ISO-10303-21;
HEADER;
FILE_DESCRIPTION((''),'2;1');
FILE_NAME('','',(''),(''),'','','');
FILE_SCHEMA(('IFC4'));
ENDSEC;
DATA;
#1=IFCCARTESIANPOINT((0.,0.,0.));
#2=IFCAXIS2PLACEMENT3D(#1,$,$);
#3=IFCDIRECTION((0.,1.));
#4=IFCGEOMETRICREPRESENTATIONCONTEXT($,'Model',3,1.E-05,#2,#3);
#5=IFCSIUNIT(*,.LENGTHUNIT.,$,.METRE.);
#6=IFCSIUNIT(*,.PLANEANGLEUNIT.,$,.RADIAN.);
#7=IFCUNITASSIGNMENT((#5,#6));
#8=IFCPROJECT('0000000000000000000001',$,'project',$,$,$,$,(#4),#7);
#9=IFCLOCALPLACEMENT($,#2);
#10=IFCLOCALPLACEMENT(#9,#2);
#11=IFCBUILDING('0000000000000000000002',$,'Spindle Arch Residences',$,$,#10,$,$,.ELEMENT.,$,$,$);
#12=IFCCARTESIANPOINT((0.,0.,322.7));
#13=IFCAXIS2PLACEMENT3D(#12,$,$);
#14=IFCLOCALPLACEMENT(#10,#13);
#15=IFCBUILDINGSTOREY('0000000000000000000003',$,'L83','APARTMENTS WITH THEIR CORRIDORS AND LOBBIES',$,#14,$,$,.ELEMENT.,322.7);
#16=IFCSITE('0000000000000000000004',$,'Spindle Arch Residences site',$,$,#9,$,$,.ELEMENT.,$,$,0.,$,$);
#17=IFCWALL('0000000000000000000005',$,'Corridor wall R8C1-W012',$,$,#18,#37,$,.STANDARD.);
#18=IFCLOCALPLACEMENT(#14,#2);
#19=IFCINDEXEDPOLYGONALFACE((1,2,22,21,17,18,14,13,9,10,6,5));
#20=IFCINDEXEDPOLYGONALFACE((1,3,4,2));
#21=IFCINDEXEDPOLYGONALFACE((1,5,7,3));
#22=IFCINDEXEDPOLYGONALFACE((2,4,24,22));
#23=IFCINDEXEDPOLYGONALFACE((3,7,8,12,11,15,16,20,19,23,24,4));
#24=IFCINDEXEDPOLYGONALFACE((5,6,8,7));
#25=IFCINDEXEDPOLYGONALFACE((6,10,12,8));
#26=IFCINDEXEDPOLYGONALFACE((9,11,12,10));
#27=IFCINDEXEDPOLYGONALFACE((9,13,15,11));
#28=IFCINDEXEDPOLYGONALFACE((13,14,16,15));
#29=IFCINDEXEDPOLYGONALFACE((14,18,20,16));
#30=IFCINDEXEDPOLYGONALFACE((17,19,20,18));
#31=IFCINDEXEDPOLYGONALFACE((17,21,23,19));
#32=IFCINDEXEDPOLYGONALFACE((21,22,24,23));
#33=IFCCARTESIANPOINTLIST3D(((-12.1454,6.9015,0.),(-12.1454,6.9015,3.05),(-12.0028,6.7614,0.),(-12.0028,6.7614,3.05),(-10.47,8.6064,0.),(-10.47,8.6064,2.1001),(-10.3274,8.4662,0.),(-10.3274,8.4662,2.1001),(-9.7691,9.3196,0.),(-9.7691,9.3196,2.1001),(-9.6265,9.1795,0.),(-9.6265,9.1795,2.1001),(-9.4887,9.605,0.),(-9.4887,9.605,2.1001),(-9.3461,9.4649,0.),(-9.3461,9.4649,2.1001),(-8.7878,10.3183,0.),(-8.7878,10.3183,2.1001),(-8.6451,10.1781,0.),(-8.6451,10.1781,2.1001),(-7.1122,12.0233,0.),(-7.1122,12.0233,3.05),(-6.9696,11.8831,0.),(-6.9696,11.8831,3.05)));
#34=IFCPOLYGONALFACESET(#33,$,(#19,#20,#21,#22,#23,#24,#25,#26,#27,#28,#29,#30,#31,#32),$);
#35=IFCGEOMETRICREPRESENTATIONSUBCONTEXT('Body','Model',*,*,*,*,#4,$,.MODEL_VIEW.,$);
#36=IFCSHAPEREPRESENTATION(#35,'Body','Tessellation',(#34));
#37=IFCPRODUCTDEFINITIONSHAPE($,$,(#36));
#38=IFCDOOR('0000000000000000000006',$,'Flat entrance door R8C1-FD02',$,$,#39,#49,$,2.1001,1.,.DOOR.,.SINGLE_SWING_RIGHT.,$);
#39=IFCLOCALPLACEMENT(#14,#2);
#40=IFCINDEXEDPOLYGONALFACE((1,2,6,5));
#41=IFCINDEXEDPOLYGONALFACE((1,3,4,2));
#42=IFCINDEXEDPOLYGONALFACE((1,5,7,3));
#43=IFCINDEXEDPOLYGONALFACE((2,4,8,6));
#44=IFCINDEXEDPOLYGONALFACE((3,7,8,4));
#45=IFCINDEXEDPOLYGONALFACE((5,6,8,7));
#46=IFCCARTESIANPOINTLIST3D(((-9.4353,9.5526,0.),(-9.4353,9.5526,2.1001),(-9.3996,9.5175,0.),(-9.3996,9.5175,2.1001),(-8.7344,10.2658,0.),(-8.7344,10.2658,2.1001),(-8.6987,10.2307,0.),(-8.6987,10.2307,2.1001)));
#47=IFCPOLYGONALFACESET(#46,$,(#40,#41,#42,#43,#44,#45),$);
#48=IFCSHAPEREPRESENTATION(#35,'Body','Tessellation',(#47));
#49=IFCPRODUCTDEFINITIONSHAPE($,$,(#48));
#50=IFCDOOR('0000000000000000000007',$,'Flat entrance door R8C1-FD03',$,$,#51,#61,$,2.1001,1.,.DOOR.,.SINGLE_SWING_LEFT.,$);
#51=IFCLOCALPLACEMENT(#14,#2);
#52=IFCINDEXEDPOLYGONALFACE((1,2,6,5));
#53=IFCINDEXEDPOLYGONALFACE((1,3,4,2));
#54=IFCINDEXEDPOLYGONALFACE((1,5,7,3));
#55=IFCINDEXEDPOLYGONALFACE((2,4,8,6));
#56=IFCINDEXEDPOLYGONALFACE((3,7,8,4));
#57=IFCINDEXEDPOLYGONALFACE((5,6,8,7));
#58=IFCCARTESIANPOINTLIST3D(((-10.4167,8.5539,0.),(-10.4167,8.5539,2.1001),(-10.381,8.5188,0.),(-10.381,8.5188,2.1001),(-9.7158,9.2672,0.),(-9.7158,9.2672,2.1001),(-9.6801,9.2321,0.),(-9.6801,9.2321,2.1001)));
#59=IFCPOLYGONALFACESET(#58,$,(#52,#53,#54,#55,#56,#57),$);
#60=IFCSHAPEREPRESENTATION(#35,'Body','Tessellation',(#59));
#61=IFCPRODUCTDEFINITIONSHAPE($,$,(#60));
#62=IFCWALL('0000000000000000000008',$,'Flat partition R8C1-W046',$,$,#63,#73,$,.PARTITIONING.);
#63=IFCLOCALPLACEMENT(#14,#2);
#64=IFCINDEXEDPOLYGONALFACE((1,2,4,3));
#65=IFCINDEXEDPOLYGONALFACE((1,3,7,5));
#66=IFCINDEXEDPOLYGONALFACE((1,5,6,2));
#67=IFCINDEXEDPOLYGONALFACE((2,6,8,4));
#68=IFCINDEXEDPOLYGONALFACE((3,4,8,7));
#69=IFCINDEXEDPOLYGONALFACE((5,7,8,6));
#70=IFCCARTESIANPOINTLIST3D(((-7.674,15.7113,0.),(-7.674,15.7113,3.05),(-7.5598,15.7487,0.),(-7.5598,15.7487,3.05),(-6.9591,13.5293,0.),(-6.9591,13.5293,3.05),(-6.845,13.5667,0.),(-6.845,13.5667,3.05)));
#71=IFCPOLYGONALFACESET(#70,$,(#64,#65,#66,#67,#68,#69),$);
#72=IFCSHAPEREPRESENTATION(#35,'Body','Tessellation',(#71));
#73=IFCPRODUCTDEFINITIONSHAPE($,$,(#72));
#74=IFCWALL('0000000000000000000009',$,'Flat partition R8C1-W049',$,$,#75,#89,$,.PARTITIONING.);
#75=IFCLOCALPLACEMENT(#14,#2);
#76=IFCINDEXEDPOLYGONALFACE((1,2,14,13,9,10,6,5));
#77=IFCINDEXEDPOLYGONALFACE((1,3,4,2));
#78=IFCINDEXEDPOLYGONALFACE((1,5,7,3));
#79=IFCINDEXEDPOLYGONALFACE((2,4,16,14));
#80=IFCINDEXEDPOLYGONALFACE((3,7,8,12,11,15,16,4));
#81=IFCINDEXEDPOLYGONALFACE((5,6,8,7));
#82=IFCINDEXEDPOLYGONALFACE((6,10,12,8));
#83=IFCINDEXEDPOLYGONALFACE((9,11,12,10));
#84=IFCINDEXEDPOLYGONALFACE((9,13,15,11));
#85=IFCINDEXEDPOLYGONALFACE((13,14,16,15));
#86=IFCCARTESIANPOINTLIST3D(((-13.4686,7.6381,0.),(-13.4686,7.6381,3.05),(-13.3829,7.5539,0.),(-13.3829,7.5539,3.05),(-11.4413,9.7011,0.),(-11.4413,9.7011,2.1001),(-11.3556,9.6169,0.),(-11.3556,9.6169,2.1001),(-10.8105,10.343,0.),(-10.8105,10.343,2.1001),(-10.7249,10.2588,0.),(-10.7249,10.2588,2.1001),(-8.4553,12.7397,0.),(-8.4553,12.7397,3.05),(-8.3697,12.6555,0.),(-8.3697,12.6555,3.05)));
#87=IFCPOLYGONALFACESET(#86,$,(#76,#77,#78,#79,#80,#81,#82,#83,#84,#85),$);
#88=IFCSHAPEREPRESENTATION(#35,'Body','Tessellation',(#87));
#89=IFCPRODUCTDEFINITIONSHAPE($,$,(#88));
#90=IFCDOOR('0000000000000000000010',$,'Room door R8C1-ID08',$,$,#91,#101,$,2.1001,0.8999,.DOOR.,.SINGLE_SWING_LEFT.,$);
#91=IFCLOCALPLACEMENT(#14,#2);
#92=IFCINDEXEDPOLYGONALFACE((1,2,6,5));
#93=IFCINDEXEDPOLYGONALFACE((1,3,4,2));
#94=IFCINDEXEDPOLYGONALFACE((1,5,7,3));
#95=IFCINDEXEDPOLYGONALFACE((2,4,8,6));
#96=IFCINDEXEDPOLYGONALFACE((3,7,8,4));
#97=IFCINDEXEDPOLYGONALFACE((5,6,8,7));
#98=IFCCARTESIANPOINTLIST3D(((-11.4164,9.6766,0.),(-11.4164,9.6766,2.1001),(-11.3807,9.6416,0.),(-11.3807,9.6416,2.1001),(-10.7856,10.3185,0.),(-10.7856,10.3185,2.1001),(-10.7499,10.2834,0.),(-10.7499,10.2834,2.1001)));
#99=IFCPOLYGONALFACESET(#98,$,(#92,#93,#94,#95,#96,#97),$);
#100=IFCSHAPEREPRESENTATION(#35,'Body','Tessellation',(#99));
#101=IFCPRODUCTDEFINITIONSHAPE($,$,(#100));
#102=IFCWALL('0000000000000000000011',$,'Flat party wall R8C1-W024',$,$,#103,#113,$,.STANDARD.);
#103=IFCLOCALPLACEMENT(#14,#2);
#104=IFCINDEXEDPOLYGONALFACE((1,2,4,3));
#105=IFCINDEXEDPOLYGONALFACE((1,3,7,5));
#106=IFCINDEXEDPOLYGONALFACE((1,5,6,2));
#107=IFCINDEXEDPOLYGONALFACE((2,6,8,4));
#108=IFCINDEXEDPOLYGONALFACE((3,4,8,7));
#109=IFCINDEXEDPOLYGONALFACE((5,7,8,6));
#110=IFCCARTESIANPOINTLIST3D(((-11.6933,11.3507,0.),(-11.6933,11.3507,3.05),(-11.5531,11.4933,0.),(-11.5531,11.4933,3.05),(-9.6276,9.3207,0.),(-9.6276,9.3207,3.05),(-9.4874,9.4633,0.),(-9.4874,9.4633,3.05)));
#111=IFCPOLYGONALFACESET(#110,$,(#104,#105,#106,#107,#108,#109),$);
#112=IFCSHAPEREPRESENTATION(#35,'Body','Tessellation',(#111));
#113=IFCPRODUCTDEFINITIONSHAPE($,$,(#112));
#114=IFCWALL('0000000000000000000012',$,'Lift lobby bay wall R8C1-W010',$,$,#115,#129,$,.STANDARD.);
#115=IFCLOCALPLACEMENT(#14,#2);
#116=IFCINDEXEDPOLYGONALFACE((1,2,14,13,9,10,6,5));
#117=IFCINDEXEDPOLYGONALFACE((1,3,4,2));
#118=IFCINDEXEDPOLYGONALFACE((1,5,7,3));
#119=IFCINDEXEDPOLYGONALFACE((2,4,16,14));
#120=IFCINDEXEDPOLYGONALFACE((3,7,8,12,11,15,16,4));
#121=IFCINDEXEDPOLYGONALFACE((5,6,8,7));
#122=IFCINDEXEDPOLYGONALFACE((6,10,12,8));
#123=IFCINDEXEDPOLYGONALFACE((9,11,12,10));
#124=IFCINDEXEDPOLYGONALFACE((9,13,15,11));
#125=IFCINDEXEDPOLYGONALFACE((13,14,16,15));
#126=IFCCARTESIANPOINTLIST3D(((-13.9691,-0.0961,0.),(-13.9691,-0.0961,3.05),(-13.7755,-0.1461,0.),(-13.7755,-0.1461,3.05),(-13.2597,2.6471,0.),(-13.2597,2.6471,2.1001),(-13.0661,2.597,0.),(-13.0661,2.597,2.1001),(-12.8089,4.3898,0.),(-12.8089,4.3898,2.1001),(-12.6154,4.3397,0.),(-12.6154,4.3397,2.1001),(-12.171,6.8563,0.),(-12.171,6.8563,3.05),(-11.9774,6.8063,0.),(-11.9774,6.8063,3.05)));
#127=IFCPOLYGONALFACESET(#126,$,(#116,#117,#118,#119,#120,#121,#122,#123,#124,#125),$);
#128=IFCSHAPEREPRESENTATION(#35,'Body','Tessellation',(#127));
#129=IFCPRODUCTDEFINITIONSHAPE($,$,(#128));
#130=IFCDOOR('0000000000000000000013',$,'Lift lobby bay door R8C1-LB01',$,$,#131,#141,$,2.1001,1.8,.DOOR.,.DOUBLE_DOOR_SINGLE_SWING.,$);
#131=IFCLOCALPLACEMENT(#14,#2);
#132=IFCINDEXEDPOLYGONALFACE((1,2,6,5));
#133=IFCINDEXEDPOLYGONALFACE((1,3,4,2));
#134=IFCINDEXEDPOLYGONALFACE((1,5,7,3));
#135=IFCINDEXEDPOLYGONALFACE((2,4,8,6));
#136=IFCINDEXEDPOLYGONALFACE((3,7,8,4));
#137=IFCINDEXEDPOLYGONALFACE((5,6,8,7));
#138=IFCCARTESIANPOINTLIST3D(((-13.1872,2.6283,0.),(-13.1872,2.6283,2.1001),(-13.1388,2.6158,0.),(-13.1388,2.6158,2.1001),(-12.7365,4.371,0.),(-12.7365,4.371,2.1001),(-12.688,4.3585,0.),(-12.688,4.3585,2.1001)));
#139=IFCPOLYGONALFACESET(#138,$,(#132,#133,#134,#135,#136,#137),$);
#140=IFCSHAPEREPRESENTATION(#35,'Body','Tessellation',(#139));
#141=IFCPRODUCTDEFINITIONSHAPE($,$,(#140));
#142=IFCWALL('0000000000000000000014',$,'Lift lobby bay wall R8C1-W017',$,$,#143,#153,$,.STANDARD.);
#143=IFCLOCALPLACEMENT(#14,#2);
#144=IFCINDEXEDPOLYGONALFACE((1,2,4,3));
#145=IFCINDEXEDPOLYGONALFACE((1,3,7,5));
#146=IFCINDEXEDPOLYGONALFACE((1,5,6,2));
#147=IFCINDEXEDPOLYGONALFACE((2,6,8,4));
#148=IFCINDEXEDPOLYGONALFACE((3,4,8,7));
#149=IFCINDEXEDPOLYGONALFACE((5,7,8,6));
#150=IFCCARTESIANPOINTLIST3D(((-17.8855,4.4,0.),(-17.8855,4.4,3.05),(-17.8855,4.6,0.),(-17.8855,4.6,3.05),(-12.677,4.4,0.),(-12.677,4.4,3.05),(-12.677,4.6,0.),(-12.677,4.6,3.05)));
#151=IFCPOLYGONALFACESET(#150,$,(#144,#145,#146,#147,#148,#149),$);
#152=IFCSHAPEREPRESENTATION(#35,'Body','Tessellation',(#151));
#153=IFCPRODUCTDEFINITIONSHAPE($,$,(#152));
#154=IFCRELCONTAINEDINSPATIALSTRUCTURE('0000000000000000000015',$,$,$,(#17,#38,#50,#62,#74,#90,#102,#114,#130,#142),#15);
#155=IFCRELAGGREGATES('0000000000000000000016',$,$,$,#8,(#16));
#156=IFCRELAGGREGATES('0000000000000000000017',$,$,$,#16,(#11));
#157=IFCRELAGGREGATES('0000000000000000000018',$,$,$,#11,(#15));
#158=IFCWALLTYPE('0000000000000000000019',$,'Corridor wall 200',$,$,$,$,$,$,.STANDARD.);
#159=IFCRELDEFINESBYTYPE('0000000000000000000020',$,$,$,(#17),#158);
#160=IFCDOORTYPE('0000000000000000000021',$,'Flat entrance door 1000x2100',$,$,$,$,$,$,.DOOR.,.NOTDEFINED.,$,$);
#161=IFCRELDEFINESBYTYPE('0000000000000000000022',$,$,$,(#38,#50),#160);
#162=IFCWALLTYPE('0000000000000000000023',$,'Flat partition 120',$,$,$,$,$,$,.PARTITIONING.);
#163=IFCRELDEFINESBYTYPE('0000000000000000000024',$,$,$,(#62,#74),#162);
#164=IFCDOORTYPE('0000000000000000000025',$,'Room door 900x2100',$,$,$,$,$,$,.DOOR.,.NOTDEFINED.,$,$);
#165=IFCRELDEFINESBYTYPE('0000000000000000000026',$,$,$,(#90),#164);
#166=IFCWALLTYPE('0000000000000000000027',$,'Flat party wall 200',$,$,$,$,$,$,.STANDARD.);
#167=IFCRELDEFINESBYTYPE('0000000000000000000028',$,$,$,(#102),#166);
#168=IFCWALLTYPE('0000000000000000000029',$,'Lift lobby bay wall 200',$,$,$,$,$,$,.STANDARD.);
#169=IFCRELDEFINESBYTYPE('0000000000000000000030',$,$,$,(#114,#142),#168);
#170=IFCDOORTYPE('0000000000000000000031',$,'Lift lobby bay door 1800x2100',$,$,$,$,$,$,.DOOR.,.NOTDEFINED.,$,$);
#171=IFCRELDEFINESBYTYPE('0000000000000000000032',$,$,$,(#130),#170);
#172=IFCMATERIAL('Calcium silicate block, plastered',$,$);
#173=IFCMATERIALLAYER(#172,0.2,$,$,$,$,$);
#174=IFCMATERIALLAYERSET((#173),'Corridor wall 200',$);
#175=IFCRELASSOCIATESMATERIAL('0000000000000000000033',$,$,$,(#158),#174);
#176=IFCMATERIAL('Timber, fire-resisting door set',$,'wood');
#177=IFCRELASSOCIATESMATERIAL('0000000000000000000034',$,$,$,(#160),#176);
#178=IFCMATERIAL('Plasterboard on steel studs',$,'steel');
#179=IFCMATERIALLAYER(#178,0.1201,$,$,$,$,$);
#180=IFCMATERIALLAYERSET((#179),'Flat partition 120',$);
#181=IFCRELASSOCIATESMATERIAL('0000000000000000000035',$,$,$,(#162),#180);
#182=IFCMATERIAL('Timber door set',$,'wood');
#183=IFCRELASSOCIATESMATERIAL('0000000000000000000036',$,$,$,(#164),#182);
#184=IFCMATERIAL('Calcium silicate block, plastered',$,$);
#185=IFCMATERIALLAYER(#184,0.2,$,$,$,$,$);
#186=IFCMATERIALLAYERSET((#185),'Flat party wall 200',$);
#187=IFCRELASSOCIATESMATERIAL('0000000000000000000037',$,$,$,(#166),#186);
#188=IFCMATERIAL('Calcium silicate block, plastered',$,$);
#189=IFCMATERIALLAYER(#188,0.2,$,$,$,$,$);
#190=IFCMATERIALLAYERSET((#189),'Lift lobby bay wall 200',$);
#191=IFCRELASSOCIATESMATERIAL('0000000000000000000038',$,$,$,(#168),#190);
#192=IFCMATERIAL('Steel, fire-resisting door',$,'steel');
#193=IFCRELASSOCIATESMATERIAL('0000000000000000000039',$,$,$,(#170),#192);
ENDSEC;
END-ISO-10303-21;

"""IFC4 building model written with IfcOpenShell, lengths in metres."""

from ifc_helpers import new_model, si_unit, direction, frame, frame_2d, origin, place, context, subcontext, project, spatial, rectangle, extrude, material, layer, layer_set, type_object, element, fill, save


model = new_model("IFC4")

# Units and contexts
model_context = context("Model", 3, precision=1e-05, world=origin(), true_north=direction((0.0, 1.0)))
body_context = subcontext(model_context, "Body", "Model", "MODEL_VIEW")
ifc_project = project(units=[si_unit("LENGTHUNIT", "METRE"), si_unit("PLANEANGLEUNIT", "RADIAN")], contexts=[model_context])

# Site, building, storey
site_placement = place(None, origin())
site = spatial("IfcSite", under=ifc_project, at=site_placement, Name="Spindle Arch Residences site", CompositionType="ELEMENT", RefElevation=0.0)
building_placement = place(site_placement, origin())
building = spatial("IfcBuilding", under=site, at=building_placement, Name="Spindle Arch Residences", CompositionType="ELEMENT")
storey_placement = place(building_placement, frame((0.0, 0.0, 322.7)))
storey = spatial("IfcBuildingStorey", under=building, at=storey_placement, Name="L83", Description="APARTMENTS WITH THEIR CORRIDORS AND LOBBIES", CompositionType="ELEMENT", Elevation=322.7)

# Wall, openings, doors
ifc_material_1 = material(Name="Calcium silicate block, plastered")
ifc_layer_1 = layer(ifc_material_1, 0.2)
ifc_layer_set_1 = layer_set([ifc_layer_1], Name="Corridor wall 200")
wall_type_1 = type_object("IfcWallType", Name="Corridor wall 200", PredefinedType="STANDARD", material=ifc_layer_set_1)
wall_1_placement = place(storey_placement, frame((-7.041, 11.9531, 0.0), z_axis=(0.0, 0.0, 1.0), x_axis=(-0.700909, -0.713251, 0.0)))
wall_1 = element("IfcWall", 1, at=wall_1_placement, inside=storey, type_object=wall_type_1, Name="Corridor wall R8C1-W012", PredefinedType="STANDARD", context=body_context, shape_type="SweptSolid", body=[
    extrude(rectangle(XDim=7.1809, YDim=0.2, at=frame_2d((3.5903, 0.0))), origin(), (0.0, 0.0, 1.0), 3.05),
])
opening_1_placement = place(wall_1_placement, frame((2.3904, 0.0, 0.0)))
opening_1 = element("IfcOpeningElement", 2, at=opening_1_placement, cuts=wall_1, PredefinedType="OPENING", context=body_context, shape_type="SweptSolid", body=[
    extrude(rectangle(XDim=1.0, YDim=2.1001, at=frame_2d((0.5, 1.05))), frame((0.0, 0.1099, 0.0), z_axis=(0.0, -1.0, 0.0), x_axis=(1.0, 0.0, 0.0)), (0.0, 0.0, 1.0), 0.22),
])
opening_2_placement = place(wall_1_placement, frame((3.7905, 0.0, 0.0)))
opening_2 = element("IfcOpeningElement", 3, at=opening_2_placement, cuts=wall_1, PredefinedType="OPENING", context=body_context, shape_type="SweptSolid", body=[
    extrude(rectangle(XDim=1.0, YDim=2.1001, at=frame_2d((0.5, 1.05))), frame((0.0, 0.1099, 0.0), z_axis=(0.0, -1.0, 0.0), x_axis=(1.0, 0.0, 0.0)), (0.0, 0.0, 1.0), 0.22),
])
ifc_material_2 = material(Name="Timber, fire-resisting door set", Category="wood")
door_type_1 = type_object("IfcDoorType", Name="Flat entrance door 1000x2100", OperationType="NOTDEFINED", PredefinedType="DOOR", material=ifc_material_2)
door_1_placement = place(opening_1_placement, origin())
door_1 = element("IfcDoor", 4, at=door_1_placement, inside=storey, type_object=door_type_1, Name="Flat entrance door R8C1-FD02", OperationType="SINGLE_SWING_RIGHT", OverallHeight=2.1001, OverallWidth=1.0, PredefinedType="DOOR", context=body_context, shape_type="SweptSolid", body=[
    extrude(rectangle(XDim=1.0, YDim=2.1001, at=frame_2d((0.5, 1.05))), frame((0.0, 0.0249, 0.0), z_axis=(0.0, -1.0, 0.0), x_axis=(1.0, 0.0, 0.0)), (0.0, 0.0, 1.0), 0.05),
])
fill(opening_1, door_1)
door_2_placement = place(opening_2_placement, origin())
door_2 = element("IfcDoor", 5, at=door_2_placement, inside=storey, type_object=door_type_1, Name="Flat entrance door R8C1-FD03", OperationType="SINGLE_SWING_LEFT", OverallHeight=2.1001, OverallWidth=1.0, PredefinedType="DOOR", context=body_context, shape_type="SweptSolid", body=[
    extrude(rectangle(XDim=1.0, YDim=2.1001, at=frame_2d((0.5, 1.05))), frame((0.0, 0.0249, 0.0), z_axis=(0.0, -1.0, 0.0), x_axis=(1.0, 0.0, 0.0)), (0.0, 0.0, 1.0), 0.05),
])
fill(opening_2, door_2)

# Wall
ifc_material_3 = material(Name="Plasterboard on steel studs", Category="steel")
ifc_layer_2 = layer(ifc_material_3, 0.1201)
ifc_layer_set_2 = layer_set([ifc_layer_2], Name="Flat partition 120")
wall_type_2 = type_object("IfcWallType", Name="Flat partition 120", PredefinedType="PARTITIONING", material=ifc_layer_set_2)
wall_2_placement = place(storey_placement, frame((-6.9021, 13.5481, 0.0), z_axis=(0.0, 0.0, 1.0), x_axis=(-0.311311, 0.950308, 0.0)))
element("IfcWall", 6, at=wall_2_placement, inside=storey, type_object=wall_type_2, Name="Flat partition R8C1-W046", PredefinedType="PARTITIONING", context=body_context, shape_type="SweptSolid", body=[
    extrude(rectangle(XDim=2.2961, YDim=0.1201, at=frame_2d((1.1479, 0.0))), origin(), (0.0, 0.0, 1.0), 3.05),
])

# Wall, opening, door
wall_3_placement = place(storey_placement, frame((-8.4126, 12.6975, 0.0), z_axis=(0.0, 0.0, 1.0), x_axis=(-0.700902, -0.713258, 0.0)))
wall_3 = element("IfcWall", 7, at=wall_3_placement, inside=storey, type_object=wall_type_2, Name="Flat partition R8C1-W049", PredefinedType="PARTITIONING", context=body_context, shape_type="SweptSolid", body=[
    extrude(rectangle(XDim=7.1526, YDim=0.1201, at=frame_2d((3.5762, 0.0))), origin(), (0.0, 0.0, 1.0), 3.05),
])
opening_3_placement = place(wall_3_placement, frame((3.3601, 0.0, 0.0)))
opening_3 = element("IfcOpeningElement", 8, at=opening_3_placement, cuts=wall_3, PredefinedType="OPENING", context=body_context, shape_type="SweptSolid", body=[
    extrude(rectangle(XDim=0.8999, YDim=2.1001, at=frame_2d((0.45, 1.05))), frame((0.0, 0.0701, 0.0), z_axis=(0.0, -1.0, 0.0), x_axis=(1.0, 0.0, 0.0)), (0.0, 0.0, 1.0), 0.1401),
])
ifc_material_4 = material(Name="Timber door set", Category="wood")
door_type_2 = type_object("IfcDoorType", Name="Room door 900x2100", OperationType="NOTDEFINED", PredefinedType="DOOR", material=ifc_material_4)
door_3_placement = place(opening_3_placement, origin())
door_3 = element("IfcDoor", 9, at=door_3_placement, inside=storey, type_object=door_type_2, Name="Room door R8C1-ID08", OperationType="SINGLE_SWING_LEFT", OverallHeight=2.1001, OverallWidth=0.8999, PredefinedType="DOOR", context=body_context, shape_type="SweptSolid", body=[
    extrude(rectangle(XDim=0.8999, YDim=2.1001, at=frame_2d((0.45, 1.05))), frame((0.0, 0.0249, 0.0), z_axis=(0.0, -1.0, 0.0), x_axis=(1.0, 0.0, 0.0)), (0.0, 0.0, 1.0), 0.05),
])
fill(opening_3, door_3)

# Wall
ifc_material_5 = material(Name="Calcium silicate block, plastered")
ifc_layer_3 = layer(ifc_material_5, 0.2)
ifc_layer_set_3 = layer_set([ifc_layer_3], Name="Flat party wall 200")
wall_type_3 = type_object("IfcWallType", Name="Flat party wall 200", PredefinedType="STANDARD", material=ifc_layer_set_3)
wall_4_placement = place(storey_placement, frame((-11.6233, 11.4221, 0.0), z_axis=(0.0, 0.0, 1.0), x_axis=(0.713234, -0.700926, 0.0)))
element("IfcWall", 10, at=wall_4_placement, inside=storey, type_object=wall_type_3, Name="Flat party wall R8C1-W024", PredefinedType="STANDARD", context=body_context, shape_type="SweptSolid", body=[
    extrude(rectangle(XDim=2.8962, YDim=0.2, at=frame_2d((1.4482, 0.0))), origin(), (0.0, 0.0, 1.0), 3.05),
])

# Wall, opening, door
ifc_material_6 = material(Name="Calcium silicate block, plastered")
ifc_layer_4 = layer(ifc_material_6, 0.2)
ifc_layer_set_4 = layer_set([ifc_layer_4], Name="Lift lobby bay wall 200")
wall_type_4 = type_object("IfcWallType", Name="Lift lobby bay wall 200", PredefinedType="STANDARD", material=ifc_layer_set_4)
wall_5_placement = place(storey_placement, frame((-12.0742, 6.8313, 0.0), z_axis=(0.0, 0.0, 1.0), x_axis=(-0.250391, -0.968145, 0.0)))
wall_5 = element("IfcWall", 11, at=wall_5_placement, inside=storey, type_object=wall_type_4, Name="Lift lobby bay wall R8C1-W010", PredefinedType="STANDARD", context=body_context, shape_type="SweptSolid", body=[
    extrude(rectangle(XDim=7.1812, YDim=0.2, at=frame_2d((3.5906, 0.0))), origin(), (0.0, 0.0, 1.0), 3.05),
])
opening_4_placement = place(wall_5_placement, frame((2.5479, 0.0, 0.0)))
opening_4 = element("IfcOpeningElement", 12, at=opening_4_placement, cuts=wall_5, PredefinedType="OPENING", context=body_context, shape_type="SweptSolid", body=[
    extrude(rectangle(XDim=1.8, YDim=2.1001, at=frame_2d((0.8999, 1.05))), frame((0.0, 0.1099, 0.0), z_axis=(0.0, -1.0, 0.0), x_axis=(1.0, 0.0, 0.0)), (0.0, 0.0, 1.0), 0.22),
])
ifc_material_7 = material(Name="Steel, fire-resisting door", Category="steel")
door_type_3 = type_object("IfcDoorType", Name="Lift lobby bay door 1800x2100", OperationType="NOTDEFINED", PredefinedType="DOOR", material=ifc_material_7)
door_4_placement = place(opening_4_placement, origin())
door_4 = element("IfcDoor", 13, at=door_4_placement, inside=storey, type_object=door_type_3, Name="Lift lobby bay door R8C1-LB01", OperationType="DOUBLE_DOOR_SINGLE_SWING", OverallHeight=2.1001, OverallWidth=1.8, PredefinedType="DOOR", context=body_context, shape_type="SweptSolid", body=[
    extrude(rectangle(XDim=1.8, YDim=2.1001, at=frame_2d((0.8999, 1.05))), frame((0.0, 0.0249, 0.0), z_axis=(0.0, -1.0, 0.0), x_axis=(1.0, 0.0, 0.0)), (0.0, 0.0, 1.0), 0.05),
])
fill(opening_4, door_4)

# Wall
wall_6_placement = place(storey_placement, frame((-12.677, 4.5, 0.0), z_axis=(0.0, 0.0, 1.0), x_axis=(-1.0, 0.0, 0.0)))
element("IfcWall", 14, at=wall_6_placement, inside=storey, type_object=wall_type_4, Name="Lift lobby bay wall R8C1-W017", PredefinedType="STANDARD", context=body_context, shape_type="SweptSolid", body=[
    extrude(rectangle(XDim=5.2085, YDim=0.2, at=frame_2d((2.6042, 0.0))), origin(), (0.0, 0.0, 1.0), 3.05),
])

save(model, "model.ifc")
